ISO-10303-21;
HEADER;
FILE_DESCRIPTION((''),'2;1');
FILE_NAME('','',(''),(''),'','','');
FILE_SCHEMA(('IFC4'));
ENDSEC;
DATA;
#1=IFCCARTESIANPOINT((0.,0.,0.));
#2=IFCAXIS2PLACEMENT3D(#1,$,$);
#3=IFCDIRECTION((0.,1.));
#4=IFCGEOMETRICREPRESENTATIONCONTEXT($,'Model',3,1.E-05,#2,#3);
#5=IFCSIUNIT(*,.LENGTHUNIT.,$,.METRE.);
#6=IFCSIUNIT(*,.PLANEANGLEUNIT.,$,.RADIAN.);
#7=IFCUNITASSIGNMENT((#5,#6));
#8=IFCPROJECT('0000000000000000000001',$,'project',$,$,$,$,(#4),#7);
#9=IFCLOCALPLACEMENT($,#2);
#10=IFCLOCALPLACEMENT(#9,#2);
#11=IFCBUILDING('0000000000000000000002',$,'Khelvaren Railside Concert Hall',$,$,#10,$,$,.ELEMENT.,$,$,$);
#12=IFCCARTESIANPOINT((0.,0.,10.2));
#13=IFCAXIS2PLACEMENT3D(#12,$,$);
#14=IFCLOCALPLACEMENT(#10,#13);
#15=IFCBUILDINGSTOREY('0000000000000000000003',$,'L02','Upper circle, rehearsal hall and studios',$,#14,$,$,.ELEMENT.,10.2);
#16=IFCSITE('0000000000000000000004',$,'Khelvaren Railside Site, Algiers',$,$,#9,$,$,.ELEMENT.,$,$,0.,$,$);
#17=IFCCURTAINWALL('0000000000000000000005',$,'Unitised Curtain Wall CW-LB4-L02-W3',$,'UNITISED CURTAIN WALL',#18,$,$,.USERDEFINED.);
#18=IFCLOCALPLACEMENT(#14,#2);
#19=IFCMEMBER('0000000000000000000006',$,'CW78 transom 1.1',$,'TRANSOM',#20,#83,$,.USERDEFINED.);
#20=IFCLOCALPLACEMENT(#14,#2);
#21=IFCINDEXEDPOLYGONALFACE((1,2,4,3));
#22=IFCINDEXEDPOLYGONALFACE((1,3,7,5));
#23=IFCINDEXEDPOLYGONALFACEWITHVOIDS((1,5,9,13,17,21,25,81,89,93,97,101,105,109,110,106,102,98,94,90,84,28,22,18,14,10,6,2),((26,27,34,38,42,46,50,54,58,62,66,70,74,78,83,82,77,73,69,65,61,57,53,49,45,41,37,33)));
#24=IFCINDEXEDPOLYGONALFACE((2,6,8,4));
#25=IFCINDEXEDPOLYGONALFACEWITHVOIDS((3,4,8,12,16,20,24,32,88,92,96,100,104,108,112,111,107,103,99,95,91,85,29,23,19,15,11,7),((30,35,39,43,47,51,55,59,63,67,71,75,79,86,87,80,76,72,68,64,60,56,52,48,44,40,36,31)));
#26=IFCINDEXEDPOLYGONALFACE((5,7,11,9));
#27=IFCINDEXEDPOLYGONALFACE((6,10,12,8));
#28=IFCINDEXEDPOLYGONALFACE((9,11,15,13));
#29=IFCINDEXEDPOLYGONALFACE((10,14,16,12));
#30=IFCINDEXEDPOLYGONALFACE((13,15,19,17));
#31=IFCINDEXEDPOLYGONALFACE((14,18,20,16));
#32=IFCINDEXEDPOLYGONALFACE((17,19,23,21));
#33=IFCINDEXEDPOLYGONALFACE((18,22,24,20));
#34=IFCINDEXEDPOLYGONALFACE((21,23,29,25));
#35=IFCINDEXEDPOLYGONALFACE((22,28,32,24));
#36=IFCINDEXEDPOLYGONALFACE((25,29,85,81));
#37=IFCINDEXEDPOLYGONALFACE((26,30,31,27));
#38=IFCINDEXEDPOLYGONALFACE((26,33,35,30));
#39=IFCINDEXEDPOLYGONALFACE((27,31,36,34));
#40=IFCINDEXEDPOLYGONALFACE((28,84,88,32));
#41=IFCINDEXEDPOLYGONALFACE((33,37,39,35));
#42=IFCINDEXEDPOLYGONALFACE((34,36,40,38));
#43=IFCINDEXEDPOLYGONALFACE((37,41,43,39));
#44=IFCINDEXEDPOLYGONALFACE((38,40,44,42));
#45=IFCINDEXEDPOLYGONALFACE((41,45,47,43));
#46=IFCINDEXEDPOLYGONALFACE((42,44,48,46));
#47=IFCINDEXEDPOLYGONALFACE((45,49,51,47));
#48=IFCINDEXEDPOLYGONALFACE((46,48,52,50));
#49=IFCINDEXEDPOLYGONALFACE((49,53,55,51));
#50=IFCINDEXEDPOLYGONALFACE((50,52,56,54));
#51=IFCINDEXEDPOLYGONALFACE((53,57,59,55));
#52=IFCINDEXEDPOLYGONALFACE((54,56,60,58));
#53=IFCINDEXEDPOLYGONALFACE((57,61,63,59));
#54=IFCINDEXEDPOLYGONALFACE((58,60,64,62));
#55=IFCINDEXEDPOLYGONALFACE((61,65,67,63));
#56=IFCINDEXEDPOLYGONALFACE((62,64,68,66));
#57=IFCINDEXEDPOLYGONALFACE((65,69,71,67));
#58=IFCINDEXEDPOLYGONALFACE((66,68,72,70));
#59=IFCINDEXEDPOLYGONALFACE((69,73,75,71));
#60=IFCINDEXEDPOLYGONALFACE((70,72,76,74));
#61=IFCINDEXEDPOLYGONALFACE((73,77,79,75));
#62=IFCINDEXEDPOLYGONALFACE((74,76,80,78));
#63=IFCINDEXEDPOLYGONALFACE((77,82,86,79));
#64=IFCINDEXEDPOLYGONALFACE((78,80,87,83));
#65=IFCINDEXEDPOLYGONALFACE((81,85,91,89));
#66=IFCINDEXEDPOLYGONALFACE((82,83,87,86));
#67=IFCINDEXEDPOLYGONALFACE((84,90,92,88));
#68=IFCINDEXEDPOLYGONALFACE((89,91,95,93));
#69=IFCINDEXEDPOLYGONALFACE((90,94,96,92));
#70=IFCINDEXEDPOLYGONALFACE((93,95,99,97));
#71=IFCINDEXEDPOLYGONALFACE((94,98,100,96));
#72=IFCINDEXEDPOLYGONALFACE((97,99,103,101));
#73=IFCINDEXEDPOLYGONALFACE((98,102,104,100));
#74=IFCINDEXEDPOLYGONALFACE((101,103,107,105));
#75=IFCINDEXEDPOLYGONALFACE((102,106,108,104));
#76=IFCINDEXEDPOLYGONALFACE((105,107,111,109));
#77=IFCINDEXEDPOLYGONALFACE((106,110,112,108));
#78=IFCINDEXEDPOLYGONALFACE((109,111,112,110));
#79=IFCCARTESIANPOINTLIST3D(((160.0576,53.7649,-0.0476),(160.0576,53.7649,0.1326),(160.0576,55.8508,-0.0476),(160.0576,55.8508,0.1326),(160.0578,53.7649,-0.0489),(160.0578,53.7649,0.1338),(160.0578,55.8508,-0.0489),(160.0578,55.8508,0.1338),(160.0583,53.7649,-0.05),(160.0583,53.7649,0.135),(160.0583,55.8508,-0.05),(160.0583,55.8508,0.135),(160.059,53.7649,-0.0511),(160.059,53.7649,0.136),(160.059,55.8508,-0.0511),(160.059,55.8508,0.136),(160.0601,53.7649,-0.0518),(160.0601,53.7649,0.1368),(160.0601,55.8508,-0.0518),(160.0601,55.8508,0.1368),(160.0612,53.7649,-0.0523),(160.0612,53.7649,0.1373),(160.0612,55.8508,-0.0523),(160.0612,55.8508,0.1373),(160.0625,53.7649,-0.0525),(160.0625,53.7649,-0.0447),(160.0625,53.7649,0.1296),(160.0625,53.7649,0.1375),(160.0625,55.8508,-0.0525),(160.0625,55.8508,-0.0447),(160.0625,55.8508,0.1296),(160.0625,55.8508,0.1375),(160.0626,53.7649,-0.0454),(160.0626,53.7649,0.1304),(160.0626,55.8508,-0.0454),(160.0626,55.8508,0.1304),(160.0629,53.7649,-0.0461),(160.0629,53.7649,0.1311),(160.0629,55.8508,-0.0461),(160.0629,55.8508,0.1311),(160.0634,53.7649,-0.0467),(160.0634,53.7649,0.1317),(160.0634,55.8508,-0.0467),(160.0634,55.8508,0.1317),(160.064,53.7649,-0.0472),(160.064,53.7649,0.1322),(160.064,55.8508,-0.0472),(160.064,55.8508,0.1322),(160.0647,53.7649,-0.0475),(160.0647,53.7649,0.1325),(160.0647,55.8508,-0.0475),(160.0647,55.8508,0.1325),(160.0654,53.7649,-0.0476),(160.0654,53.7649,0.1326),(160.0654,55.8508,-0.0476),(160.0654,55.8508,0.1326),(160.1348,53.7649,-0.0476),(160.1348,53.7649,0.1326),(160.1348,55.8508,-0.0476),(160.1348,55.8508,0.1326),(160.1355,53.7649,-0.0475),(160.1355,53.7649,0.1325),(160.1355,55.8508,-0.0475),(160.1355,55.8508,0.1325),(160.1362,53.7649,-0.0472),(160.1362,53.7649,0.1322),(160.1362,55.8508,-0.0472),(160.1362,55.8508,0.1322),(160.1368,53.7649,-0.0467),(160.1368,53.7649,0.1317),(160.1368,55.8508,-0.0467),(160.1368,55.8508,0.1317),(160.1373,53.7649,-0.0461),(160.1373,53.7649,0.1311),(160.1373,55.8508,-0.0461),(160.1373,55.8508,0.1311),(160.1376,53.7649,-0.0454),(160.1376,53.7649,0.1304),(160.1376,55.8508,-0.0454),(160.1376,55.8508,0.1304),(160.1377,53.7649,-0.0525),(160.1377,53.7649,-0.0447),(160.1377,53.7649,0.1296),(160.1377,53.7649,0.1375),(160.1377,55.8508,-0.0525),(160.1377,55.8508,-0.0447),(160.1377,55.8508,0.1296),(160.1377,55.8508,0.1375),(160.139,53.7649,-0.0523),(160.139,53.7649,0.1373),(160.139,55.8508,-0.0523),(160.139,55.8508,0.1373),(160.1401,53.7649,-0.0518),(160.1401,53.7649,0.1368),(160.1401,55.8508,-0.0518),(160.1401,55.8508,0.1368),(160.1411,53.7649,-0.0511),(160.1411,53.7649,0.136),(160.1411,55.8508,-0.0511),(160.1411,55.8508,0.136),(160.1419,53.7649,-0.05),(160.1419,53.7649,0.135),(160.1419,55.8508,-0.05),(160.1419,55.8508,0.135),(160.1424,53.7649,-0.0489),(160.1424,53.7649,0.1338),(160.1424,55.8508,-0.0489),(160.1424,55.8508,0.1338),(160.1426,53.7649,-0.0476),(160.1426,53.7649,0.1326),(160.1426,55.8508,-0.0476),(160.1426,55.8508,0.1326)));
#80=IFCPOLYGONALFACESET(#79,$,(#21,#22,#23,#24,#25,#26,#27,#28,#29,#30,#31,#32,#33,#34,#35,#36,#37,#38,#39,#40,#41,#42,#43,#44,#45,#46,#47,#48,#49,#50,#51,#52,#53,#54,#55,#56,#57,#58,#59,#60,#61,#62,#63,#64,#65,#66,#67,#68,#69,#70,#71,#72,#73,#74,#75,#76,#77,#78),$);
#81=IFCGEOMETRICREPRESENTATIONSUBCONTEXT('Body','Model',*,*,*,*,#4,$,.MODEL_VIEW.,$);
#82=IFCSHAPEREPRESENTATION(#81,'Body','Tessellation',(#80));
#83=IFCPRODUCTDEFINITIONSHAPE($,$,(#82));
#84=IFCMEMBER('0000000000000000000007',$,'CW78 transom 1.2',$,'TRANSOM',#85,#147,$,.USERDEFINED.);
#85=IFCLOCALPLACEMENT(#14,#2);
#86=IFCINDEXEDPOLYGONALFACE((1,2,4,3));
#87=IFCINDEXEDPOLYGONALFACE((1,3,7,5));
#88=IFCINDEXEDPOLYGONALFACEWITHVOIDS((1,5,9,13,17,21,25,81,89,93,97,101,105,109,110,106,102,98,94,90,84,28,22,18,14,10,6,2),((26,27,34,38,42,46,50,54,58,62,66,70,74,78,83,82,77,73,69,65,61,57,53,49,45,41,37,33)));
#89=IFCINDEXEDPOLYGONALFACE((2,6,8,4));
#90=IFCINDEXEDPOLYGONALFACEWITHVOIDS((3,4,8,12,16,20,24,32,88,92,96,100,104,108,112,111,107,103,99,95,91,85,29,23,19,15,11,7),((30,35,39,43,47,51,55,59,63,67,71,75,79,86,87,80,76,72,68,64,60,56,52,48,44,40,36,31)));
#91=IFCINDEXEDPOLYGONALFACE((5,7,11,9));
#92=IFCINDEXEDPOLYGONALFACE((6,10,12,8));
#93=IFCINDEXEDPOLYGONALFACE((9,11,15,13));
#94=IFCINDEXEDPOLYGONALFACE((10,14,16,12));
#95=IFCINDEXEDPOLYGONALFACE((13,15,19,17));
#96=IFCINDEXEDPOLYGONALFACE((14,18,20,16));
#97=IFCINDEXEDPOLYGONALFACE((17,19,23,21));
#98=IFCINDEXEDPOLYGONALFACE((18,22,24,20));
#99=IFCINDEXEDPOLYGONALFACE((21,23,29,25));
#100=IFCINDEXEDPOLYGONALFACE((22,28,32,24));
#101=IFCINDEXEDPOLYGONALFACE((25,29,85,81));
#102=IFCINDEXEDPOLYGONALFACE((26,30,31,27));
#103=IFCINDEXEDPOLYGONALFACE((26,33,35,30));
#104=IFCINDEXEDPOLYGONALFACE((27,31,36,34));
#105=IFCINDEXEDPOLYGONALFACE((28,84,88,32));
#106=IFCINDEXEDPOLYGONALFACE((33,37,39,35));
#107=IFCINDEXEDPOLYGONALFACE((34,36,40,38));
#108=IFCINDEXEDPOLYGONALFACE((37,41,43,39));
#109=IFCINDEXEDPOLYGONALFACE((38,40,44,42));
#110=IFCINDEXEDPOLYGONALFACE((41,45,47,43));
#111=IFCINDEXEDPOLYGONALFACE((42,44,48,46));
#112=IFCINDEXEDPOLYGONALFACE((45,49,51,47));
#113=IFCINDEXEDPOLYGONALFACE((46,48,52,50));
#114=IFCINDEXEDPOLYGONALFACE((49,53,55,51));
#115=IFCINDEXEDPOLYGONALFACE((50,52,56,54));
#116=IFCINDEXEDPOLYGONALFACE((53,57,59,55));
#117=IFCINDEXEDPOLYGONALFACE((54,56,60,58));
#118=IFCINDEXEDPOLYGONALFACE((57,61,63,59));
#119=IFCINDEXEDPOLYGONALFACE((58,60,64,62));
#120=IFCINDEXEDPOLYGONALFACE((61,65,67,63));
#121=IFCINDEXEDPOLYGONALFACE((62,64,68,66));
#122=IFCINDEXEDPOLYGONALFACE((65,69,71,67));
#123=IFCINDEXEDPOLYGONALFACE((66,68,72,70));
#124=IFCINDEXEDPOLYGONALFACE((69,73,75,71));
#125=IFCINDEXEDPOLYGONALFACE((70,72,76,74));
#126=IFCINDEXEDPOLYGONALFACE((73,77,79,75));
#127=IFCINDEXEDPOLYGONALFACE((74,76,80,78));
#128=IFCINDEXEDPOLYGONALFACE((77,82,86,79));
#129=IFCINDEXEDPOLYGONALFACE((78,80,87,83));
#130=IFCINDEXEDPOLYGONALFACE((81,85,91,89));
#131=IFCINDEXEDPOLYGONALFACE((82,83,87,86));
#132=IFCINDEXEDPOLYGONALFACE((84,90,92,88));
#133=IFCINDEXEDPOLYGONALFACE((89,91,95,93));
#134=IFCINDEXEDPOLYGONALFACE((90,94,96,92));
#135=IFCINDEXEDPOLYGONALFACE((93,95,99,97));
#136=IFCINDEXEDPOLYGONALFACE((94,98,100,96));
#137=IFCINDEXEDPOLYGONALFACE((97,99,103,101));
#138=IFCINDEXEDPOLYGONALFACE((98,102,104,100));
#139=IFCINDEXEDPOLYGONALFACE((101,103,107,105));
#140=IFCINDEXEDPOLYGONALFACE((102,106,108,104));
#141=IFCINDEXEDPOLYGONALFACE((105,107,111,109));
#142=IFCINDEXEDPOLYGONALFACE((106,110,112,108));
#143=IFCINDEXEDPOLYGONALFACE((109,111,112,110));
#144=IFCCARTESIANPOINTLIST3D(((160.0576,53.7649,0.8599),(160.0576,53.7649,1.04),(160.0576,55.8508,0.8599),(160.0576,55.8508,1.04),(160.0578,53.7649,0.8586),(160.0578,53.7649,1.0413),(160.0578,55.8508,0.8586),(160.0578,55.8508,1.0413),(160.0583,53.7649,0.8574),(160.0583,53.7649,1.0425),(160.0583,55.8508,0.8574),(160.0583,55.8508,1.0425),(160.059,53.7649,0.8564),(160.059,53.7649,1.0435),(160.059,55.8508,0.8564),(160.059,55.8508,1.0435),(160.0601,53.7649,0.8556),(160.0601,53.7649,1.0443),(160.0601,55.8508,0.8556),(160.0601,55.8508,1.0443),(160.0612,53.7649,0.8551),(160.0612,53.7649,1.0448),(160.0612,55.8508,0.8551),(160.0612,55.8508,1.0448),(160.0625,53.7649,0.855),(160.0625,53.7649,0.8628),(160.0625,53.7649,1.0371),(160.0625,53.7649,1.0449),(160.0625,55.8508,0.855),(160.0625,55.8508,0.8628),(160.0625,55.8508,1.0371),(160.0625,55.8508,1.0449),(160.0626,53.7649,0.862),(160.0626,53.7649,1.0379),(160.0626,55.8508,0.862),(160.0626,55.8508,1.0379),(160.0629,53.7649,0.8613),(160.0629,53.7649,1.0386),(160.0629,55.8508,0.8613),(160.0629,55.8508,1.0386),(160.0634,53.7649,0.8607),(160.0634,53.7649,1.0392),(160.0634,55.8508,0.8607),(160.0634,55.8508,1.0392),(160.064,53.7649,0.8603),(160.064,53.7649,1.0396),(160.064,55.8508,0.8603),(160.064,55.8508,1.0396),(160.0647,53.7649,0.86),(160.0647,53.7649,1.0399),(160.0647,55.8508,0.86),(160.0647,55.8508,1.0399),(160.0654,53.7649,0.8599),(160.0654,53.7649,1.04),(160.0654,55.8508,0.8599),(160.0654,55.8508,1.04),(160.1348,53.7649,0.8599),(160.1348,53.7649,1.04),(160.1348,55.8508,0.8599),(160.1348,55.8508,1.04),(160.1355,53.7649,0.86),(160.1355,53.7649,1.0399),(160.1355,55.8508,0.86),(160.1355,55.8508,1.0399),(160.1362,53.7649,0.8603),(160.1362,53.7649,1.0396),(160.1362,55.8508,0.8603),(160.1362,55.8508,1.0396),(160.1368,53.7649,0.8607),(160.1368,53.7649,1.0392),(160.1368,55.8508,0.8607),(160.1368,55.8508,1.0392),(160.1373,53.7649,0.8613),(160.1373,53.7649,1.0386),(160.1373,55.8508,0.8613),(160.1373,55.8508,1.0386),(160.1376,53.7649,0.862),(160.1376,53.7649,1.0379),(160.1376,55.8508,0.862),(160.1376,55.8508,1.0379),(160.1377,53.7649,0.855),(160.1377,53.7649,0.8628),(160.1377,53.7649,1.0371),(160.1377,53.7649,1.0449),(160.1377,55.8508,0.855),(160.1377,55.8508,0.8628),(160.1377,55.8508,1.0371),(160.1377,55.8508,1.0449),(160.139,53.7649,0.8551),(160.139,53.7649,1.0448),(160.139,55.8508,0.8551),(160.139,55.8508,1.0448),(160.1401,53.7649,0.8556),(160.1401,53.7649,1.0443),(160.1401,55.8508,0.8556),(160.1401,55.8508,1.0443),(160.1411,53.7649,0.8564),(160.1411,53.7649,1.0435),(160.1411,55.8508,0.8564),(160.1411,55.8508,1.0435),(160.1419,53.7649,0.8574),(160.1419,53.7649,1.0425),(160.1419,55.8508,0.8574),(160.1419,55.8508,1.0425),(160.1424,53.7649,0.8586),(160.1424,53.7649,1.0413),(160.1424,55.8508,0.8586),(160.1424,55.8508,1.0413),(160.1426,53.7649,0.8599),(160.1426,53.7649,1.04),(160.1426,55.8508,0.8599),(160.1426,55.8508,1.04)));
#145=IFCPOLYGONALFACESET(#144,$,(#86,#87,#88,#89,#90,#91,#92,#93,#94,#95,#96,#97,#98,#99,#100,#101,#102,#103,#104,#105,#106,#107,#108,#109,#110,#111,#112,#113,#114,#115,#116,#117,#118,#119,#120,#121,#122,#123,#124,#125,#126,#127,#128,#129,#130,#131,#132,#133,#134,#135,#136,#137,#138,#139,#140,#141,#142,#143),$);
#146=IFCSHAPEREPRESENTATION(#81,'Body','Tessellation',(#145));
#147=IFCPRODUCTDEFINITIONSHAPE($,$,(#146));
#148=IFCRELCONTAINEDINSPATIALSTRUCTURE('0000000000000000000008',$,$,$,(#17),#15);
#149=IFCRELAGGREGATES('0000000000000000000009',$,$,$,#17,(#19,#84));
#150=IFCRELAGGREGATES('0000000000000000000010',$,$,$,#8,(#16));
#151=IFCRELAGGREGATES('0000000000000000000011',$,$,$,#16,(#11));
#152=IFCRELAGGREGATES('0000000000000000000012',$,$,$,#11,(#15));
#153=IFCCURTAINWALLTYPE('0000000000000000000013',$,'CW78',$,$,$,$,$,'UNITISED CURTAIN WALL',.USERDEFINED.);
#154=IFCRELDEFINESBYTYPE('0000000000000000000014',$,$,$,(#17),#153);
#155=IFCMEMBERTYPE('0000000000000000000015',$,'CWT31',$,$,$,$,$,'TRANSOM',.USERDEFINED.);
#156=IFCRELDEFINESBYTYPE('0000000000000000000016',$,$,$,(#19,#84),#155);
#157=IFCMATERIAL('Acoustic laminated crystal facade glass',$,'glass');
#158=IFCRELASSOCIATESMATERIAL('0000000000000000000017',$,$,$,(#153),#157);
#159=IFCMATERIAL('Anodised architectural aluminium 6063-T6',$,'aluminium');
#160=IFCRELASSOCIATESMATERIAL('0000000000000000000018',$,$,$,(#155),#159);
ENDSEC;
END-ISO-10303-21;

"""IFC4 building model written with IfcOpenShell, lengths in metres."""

from ifc_helpers import new_model, si_unit, direction, frame, origin, origin_2d, place, context, subcontext, project, spatial, hollow_rectangle, extrude, material, material_profile, profile_set, type_object, element, aggregate, save


model = new_model("IFC4")

# Units and contexts
model_context = context("Model", 3, precision=1e-05, world=origin(), true_north=direction((0.0, 1.0)))
body_context = subcontext(model_context, "Body", "Model", "MODEL_VIEW")
ifc_project = project(units=[si_unit("LENGTHUNIT", "METRE"), si_unit("PLANEANGLEUNIT", "RADIAN")], contexts=[model_context])

# Site, building, storey
site_placement = place(None, origin())
site = spatial("IfcSite", under=ifc_project, at=site_placement, Name="Khelvaren Railside Site, Algiers", CompositionType="ELEMENT", RefElevation=0.0)
building_placement = place(site_placement, origin())
building = spatial("IfcBuilding", under=site, at=building_placement, Name="Khelvaren Railside Concert Hall", CompositionType="ELEMENT")
storey_placement = place(building_placement, frame((0.0, 0.0, 10.2)))
storey = spatial("IfcBuildingStorey", under=building, at=storey_placement, Name="L02", Description="Upper circle, rehearsal hall and studios", CompositionType="ELEMENT", Elevation=10.2)

# Shared definitions
ifc_material_1 = material(Name="Acoustic laminated crystal facade glass", Category="glass")
curtain_wall_type = type_object("IfcCurtainWallType", Name="CW78", ElementType="UNITISED CURTAIN WALL", PredefinedType="USERDEFINED", material=ifc_material_1)
ifc_material_2 = material(Name="Anodised architectural aluminium 6063-T6", Category="aluminium")

# Curtain wall, members
curtain_wall_1_placement = place(storey_placement, origin())
curtain_wall_1 = element("IfcCurtainWall", 1, at=curtain_wall_1_placement, inside=storey, type_object=curtain_wall_type, Name="Unitised Curtain Wall CW-LB4-L02-W3", ObjectType="UNITISED CURTAIN WALL", PredefinedType="USERDEFINED")
ifc_material_profile_1 = material_profile(ifc_material_2, hollow_rectangle(XDim=0.085, YDim=0.1899, WallThickness=0.0049, InnerFilletRadius=0.0029, OuterFilletRadius=0.0049, at=origin_2d()), Name="CWT 85x190x5")
ifc_profile_set_1 = profile_set([ifc_material_profile_1], Name="Anodised architectural aluminium 6063-T6")
member_type_1 = type_object("IfcMemberType", Name="CWT31", ElementType="TRANSOM", PredefinedType="USERDEFINED", material=ifc_profile_set_1)
member_1_placement = place(storey_placement, frame((160.1001, 53.7649, 0.0425), z_axis=(0.0, 1.0, 0.0), x_axis=(-1.0, 0.0, 0.0)))
member_1 = element("IfcMember", 2, at=member_1_placement, type_object=member_type_1, Name="CW78 transom 1.1", ObjectType="TRANSOM", PredefinedType="USERDEFINED", context=body_context, shape_type="SweptSolid", body=[
    extrude(hollow_rectangle(XDim=0.085, YDim=0.1899, WallThickness=0.0049, InnerFilletRadius=0.0029, OuterFilletRadius=0.0049, at=origin_2d()), origin(), (0.0, 0.0, 1.0), 2.0859),
])
member_2_placement = place(storey_placement, frame((160.1001, 53.7649, 0.95), z_axis=(0.0, 1.0, 0.0), x_axis=(-1.0, 0.0, 0.0)))
member_2 = element("IfcMember", 3, at=member_2_placement, type_object=member_type_1, Name="CW78 transom 1.2", ObjectType="TRANSOM", PredefinedType="USERDEFINED", context=body_context, shape_type="SweptSolid", body=[
    extrude(hollow_rectangle(XDim=0.085, YDim=0.1899, WallThickness=0.0049, InnerFilletRadius=0.0029, OuterFilletRadius=0.0049, at=origin_2d()), origin(), (0.0, 0.0, 1.0), 2.0859),
])

aggregate(curtain_wall_1, [member_1, member_2])

save(model, "model.ifc")
